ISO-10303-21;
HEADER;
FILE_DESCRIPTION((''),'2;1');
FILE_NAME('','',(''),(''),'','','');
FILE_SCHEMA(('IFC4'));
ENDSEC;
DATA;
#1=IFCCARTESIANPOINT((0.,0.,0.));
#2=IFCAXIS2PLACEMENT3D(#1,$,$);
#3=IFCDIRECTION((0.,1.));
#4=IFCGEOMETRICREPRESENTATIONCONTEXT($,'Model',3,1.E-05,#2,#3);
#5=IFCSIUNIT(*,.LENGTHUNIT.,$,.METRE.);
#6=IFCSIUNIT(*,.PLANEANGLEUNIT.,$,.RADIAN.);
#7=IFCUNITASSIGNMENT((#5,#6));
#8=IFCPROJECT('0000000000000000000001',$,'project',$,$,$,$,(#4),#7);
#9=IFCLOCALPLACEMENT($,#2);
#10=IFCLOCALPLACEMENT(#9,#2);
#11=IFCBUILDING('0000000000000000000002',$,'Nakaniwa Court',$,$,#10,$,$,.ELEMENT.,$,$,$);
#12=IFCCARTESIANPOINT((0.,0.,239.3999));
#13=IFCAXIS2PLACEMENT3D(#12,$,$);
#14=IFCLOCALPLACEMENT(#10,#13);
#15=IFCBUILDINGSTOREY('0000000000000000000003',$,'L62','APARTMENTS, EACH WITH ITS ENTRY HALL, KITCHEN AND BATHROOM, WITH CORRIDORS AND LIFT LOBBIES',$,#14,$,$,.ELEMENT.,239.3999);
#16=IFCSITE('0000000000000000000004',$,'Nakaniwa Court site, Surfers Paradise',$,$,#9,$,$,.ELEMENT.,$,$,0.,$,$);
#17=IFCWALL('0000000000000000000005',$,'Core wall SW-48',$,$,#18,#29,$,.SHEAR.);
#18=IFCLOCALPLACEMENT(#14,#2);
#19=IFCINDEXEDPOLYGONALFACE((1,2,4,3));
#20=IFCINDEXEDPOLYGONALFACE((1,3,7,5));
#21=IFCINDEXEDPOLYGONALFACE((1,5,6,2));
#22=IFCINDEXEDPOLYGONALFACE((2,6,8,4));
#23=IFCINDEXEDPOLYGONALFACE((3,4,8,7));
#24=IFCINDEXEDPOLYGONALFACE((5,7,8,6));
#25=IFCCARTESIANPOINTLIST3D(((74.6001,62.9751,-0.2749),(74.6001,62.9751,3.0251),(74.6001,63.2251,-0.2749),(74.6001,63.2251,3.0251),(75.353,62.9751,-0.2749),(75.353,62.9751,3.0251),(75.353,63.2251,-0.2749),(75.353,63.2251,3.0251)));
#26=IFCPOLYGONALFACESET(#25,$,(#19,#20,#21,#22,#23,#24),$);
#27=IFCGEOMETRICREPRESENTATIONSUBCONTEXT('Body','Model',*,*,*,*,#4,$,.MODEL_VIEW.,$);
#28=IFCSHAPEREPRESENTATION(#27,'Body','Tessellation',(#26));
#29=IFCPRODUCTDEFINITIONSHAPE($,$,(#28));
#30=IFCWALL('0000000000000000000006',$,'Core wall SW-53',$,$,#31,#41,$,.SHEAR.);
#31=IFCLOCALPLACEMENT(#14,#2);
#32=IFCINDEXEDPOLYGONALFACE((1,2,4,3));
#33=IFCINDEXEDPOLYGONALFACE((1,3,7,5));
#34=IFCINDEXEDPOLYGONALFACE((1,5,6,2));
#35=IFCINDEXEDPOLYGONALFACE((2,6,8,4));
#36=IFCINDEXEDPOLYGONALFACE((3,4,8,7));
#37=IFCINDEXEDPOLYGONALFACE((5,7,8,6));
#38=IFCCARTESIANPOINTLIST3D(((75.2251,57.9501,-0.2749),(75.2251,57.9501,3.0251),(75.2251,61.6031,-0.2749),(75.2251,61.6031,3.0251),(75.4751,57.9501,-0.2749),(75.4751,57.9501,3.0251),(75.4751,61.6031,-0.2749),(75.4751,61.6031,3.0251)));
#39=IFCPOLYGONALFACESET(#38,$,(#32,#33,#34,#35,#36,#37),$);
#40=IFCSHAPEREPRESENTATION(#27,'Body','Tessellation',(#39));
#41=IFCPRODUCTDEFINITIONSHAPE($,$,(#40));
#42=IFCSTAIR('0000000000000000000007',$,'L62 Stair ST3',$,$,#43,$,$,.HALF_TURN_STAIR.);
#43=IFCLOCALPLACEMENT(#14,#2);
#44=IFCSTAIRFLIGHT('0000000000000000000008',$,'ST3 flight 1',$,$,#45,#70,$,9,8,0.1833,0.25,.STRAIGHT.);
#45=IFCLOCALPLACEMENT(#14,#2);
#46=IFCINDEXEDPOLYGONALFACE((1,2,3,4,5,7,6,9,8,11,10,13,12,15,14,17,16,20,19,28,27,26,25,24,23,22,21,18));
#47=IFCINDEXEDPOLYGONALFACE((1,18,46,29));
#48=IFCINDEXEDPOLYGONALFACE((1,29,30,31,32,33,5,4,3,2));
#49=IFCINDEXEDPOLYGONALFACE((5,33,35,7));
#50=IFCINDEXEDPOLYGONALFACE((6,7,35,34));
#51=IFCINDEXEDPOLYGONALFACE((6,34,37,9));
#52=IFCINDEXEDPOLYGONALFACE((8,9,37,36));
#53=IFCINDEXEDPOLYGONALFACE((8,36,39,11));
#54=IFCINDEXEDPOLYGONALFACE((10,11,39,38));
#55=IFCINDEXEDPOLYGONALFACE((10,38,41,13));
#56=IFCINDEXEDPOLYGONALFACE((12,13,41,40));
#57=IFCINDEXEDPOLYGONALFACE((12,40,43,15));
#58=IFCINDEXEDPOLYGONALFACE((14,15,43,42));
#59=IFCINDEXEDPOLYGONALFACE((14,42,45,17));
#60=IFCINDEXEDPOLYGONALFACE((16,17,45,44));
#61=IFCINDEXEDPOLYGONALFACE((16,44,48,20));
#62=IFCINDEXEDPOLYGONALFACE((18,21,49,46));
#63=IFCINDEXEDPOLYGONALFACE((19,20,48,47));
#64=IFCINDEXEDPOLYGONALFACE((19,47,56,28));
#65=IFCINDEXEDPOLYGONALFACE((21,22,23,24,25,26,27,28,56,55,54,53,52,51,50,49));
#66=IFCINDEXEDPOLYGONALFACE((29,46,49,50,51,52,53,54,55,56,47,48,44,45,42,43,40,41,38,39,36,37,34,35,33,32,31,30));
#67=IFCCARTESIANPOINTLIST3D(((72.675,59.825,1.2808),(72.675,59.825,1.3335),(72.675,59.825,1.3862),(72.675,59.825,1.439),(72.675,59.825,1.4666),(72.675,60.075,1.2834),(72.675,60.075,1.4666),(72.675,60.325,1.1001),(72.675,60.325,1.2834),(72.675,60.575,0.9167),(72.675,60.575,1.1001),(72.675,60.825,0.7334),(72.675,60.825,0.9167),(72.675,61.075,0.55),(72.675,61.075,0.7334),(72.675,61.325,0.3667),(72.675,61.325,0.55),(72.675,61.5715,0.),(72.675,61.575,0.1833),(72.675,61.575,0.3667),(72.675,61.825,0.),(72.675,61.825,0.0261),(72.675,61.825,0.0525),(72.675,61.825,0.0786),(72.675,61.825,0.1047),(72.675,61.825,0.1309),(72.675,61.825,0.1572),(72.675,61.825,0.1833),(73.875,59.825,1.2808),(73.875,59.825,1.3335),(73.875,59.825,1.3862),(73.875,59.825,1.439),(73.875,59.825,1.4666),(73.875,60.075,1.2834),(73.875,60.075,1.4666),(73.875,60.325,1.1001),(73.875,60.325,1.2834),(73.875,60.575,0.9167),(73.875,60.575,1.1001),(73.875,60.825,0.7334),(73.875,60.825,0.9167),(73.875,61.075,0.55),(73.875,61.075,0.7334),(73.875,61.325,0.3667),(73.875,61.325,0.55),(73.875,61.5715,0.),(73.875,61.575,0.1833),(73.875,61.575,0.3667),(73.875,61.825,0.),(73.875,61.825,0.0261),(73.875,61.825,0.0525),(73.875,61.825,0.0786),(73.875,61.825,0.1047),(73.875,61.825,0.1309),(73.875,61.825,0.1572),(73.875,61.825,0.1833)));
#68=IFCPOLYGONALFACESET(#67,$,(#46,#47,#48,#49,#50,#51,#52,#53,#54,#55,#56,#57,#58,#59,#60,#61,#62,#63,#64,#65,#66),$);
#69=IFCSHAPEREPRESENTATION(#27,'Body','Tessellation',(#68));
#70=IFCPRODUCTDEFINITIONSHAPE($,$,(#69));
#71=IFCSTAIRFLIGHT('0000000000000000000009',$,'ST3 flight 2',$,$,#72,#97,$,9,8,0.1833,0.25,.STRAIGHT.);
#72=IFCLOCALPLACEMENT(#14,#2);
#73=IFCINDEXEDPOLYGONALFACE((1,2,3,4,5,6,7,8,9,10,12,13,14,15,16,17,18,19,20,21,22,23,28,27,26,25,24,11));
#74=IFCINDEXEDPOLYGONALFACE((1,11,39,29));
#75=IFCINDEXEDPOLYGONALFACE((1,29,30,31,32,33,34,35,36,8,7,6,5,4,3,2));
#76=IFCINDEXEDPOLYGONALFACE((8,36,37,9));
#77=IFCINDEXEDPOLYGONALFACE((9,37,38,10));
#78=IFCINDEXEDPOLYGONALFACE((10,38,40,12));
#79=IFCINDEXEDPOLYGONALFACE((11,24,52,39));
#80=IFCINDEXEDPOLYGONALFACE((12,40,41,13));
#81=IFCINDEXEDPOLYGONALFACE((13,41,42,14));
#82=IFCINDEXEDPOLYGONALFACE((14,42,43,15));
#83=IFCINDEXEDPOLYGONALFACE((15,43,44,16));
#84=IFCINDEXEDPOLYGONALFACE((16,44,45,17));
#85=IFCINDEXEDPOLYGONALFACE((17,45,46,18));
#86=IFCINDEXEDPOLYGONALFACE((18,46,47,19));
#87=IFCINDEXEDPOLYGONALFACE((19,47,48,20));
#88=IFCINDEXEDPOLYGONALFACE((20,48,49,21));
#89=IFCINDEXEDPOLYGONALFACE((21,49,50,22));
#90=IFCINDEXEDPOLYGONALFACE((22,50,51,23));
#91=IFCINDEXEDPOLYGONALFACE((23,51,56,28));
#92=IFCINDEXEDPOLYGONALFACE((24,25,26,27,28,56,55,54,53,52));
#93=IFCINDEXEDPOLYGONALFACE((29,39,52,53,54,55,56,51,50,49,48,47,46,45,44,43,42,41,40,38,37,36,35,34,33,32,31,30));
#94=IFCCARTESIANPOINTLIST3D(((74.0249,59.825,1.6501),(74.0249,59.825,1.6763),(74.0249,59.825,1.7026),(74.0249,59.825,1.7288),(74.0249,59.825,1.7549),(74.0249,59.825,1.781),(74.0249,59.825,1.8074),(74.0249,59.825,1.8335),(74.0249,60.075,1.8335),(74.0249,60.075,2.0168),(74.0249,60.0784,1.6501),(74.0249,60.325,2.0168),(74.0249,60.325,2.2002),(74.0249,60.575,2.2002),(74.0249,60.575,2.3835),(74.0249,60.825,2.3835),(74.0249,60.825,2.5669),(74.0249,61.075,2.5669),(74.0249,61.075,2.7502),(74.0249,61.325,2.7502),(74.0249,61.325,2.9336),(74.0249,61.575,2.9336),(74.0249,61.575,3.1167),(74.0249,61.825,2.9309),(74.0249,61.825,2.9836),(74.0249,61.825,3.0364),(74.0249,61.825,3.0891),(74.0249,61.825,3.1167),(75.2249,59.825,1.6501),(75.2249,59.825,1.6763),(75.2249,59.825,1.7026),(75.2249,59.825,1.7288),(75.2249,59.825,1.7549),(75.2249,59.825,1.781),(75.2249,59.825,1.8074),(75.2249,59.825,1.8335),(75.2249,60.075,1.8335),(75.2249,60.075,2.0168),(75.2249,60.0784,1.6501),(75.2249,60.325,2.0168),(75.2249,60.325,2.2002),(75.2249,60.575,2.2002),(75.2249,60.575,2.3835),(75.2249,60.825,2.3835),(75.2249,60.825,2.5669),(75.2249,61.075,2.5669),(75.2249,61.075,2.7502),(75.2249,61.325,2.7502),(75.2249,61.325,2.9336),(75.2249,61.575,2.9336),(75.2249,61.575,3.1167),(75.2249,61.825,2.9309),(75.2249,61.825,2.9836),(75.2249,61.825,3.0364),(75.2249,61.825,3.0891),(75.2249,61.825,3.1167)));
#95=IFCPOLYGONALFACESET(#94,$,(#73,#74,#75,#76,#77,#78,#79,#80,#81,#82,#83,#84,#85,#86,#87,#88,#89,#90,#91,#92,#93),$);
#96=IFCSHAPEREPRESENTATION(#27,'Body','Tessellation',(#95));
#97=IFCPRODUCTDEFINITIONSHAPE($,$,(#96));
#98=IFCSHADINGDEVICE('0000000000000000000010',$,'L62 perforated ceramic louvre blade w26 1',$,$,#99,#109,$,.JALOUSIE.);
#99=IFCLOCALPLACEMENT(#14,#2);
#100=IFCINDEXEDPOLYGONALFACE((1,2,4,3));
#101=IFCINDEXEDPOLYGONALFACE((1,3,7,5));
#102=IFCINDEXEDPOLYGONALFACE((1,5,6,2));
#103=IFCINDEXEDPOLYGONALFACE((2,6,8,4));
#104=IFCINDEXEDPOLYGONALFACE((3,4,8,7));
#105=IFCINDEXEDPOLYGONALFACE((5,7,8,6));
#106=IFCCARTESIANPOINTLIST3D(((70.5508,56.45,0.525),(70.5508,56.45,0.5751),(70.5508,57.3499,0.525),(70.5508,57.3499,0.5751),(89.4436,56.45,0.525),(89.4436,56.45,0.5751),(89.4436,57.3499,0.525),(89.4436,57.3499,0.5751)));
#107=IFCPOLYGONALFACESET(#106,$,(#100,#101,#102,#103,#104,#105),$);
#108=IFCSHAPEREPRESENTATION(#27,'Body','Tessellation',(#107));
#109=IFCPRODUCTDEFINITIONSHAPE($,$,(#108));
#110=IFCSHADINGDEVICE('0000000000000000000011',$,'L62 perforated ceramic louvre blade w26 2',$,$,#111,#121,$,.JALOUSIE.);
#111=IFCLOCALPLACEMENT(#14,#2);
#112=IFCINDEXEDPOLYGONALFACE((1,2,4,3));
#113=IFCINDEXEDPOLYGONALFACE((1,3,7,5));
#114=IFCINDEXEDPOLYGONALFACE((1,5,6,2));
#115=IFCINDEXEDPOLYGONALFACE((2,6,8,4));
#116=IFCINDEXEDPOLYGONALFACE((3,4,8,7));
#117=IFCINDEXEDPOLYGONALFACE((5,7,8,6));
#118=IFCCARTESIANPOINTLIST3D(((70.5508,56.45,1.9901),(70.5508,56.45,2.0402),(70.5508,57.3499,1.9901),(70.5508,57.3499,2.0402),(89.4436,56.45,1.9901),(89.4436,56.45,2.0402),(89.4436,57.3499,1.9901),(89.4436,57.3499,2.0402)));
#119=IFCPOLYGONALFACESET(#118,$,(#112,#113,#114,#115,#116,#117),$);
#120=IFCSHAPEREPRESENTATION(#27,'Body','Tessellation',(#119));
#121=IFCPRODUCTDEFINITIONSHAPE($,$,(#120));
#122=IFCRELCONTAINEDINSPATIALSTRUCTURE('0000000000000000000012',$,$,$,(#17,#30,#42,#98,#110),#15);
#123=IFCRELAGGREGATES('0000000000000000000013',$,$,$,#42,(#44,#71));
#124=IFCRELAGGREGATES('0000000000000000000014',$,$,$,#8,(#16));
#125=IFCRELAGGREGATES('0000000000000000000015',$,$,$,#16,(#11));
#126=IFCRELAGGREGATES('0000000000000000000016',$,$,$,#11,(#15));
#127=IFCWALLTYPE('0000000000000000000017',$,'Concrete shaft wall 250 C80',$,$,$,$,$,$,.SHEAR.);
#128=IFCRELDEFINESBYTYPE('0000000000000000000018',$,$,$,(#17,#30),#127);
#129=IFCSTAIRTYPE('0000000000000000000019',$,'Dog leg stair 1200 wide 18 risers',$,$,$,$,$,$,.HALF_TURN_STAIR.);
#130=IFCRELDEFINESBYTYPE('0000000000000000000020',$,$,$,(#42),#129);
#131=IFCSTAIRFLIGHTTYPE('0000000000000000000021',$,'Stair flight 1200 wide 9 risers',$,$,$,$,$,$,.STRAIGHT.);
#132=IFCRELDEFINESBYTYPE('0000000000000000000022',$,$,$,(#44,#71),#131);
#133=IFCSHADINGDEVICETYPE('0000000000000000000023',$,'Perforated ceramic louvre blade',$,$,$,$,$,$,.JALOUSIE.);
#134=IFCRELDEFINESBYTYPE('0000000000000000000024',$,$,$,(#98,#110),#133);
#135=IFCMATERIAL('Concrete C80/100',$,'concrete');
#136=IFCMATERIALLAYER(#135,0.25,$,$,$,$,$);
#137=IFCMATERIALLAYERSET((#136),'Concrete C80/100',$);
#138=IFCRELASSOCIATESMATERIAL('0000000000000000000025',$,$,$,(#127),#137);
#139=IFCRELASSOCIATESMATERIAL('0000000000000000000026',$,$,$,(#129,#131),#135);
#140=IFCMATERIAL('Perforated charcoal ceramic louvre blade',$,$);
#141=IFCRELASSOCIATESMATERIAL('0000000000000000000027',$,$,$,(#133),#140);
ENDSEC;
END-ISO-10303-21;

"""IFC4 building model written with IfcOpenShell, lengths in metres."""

from ifc_helpers import new_model, si_unit, direction, frame, frame_2d, origin, origin_2d, place, context, subcontext, project, spatial, polyline, rectangle, outline, extrude, material, layer, layer_set, material_profile, profile_set, type_object, element, aggregate, save


model = new_model("IFC4")

# Units and contexts
model_context = context("Model", 3, precision=1e-05, world=origin(), true_north=direction((0.0, 1.0)))
body_context = subcontext(model_context, "Body", "Model", "MODEL_VIEW")
ifc_project = project(units=[si_unit("LENGTHUNIT", "METRE"), si_unit("PLANEANGLEUNIT", "RADIAN")], contexts=[model_context])

# Site, building, storey
site_placement = place(None, origin())
site = spatial("IfcSite", under=ifc_project, at=site_placement, Name="Nakaniwa Court site, Surfers Paradise", CompositionType="ELEMENT", RefElevation=0.0)
building_placement = place(site_placement, origin())
building = spatial("IfcBuilding", under=site, at=building_placement, Name="Nakaniwa Court", CompositionType="ELEMENT")
storey_placement = place(building_placement, frame((0.0, 0.0, 239.3999)))
storey = spatial("IfcBuildingStorey", under=building, at=storey_placement, Name="L62", Description="APARTMENTS, EACH WITH ITS ENTRY HALL, KITCHEN AND BATHROOM, WITH CORRIDORS AND LIFT LOBBIES", CompositionType="ELEMENT", Elevation=239.3999)

# Shared definitions
ifc_material_1 = material(Name="Concrete C80/100", Category="concrete")

# Walls
ifc_layer_1 = layer(ifc_material_1, 0.25)
ifc_layer_set_1 = layer_set([ifc_layer_1], Name="Concrete C80/100")
wall_type_1 = type_object("IfcWallType", Name="Concrete shaft wall 250 C80", PredefinedType="SHEAR", material=ifc_layer_set_1)
wall_1_placement = place(storey_placement, frame((74.6001, 63.1001, -0.2749), z_axis=(0.0, 0.0, 1.0), x_axis=(1.0, 0.0, 0.0)))
element("IfcWall", 1, at=wall_1_placement, inside=storey, type_object=wall_type_1, Name="Core wall SW-48", PredefinedType="SHEAR", context=body_context, shape_type="SweptSolid", body=[
    extrude(rectangle(XDim=0.7529, YDim=0.25, at=frame_2d((0.3765, 0.0))), origin(), (0.0, 0.0, 1.0), 3.3),
])
wall_2_placement = place(storey_placement, frame((75.3501, 57.95, -0.2749), z_axis=(0.0, 0.0, 1.0), x_axis=(0.0, 1.0, 0.0)))
element("IfcWall", 2, at=wall_2_placement, inside=storey, type_object=wall_type_1, Name="Core wall SW-53", PredefinedType="SHEAR", context=body_context, shape_type="SweptSolid", body=[
    extrude(rectangle(XDim=3.6531, YDim=0.25, at=frame_2d((1.8267, 0.0))), origin(), (0.0, 0.0, 1.0), 3.3),
])

# Stair, stair flights
stair_type = type_object("IfcStairType", Name="Dog leg stair 1200 wide 18 risers", PredefinedType="HALF_TURN_STAIR", material=ifc_material_1)
stair_placement = place(storey_placement, origin())
stair = element("IfcStair", 3, at=stair_placement, inside=storey, type_object=stair_type, Name="L62 Stair ST3", PredefinedType="HALF_TURN_STAIR")
stair_flight_type = type_object("IfcStairFlightType", Name="Stair flight 1200 wide 9 risers", PredefinedType="STRAIGHT", material=ifc_material_1)
stair_flight_1_placement = place(storey_placement, frame((73.2749, 61.825, 0.0), z_axis=(0.0, 0.0, 1.0), x_axis=(0.0, -1.0, 0.0)))
stair_flight_1 = element("IfcStairFlight", 4, at=stair_flight_1_placement, type_object=stair_flight_type, Name="ST3 flight 1", NumberOfRisers=9, NumberOfTreads=8, PredefinedType="STRAIGHT", RiserHeight=0.1833, TreadLength=0.25, context=body_context, shape_type="SweptSolid", body=[
    extrude(outline(polyline([(0.0, 0.0), (0.0, 0.0261), (0.0, 0.0525), (0.0, 0.0786), (0.0, 0.1047), (0.0, 0.1309), (0.0, 0.1572), (0.0, 0.1833), (0.25, 0.1833), (0.25, 0.3667), (0.5, 0.3667), (0.5, 0.55), (0.75, 0.55), (0.75, 0.7334), (1.0, 0.7334), (1.0, 0.9167), (1.25, 0.9167), (1.25, 1.1001), (1.5, 1.1001), (1.5, 1.2834), (1.75, 1.2834), (1.75, 1.4666), (2.0, 1.4666), (2.0, 1.6499), (2.0, 1.5972), (2.0, 1.5444), (2.0, 1.4917), (2.0, 1.439), (2.0, 1.3862), (2.0, 1.3335), (2.0, 1.2808), (0.2534, 0.0), (0.0, 0.0)])), frame((0.0, 0.6001, 0.0), z_axis=(0.0, -1.0, 0.0), x_axis=(1.0, 0.0, 0.0)), (0.0, 0.0, 1.0), 1.2),
])
stair_flight_2_placement = place(storey_placement, frame((74.625, 59.825, 1.6501), z_axis=(0.0, 0.0, 1.0), x_axis=(0.0, 1.0, 0.0)))
stair_flight_2 = element("IfcStairFlight", 5, at=stair_flight_2_placement, type_object=stair_flight_type, Name="ST3 flight 2", NumberOfRisers=9, NumberOfTreads=8, PredefinedType="STRAIGHT", RiserHeight=0.1833, TreadLength=0.25, context=body_context, shape_type="SweptSolid", body=[
    extrude(outline(polyline([(0.0, 0.0), (0.0, 0.0261), (0.0, 0.0525), (0.0, 0.0786), (0.0, 0.1047), (0.0, 0.1309), (0.0, 0.1572), (0.0, 0.1833), (0.25, 0.1833), (0.25, 0.3667), (0.5, 0.3667), (0.5, 0.55), (0.75, 0.55), (0.75, 0.7334), (1.0, 0.7334), (1.0, 0.9167), (1.25, 0.9167), (1.25, 1.1001), (1.5, 1.1001), (1.5, 1.2834), (1.75, 1.2834), (1.75, 1.4666), (2.0, 1.4666), (2.0, 1.6499), (2.0, 1.5972), (2.0, 1.5444), (2.0, 1.4917), (2.0, 1.439), (2.0, 1.3862), (2.0, 1.3335), (2.0, 1.2808), (0.2534, 0.0), (0.0, 0.0)])), frame((0.0, 0.6001, 0.0), z_axis=(0.0, -1.0, 0.0), x_axis=(1.0, 0.0, 0.0)), (0.0, 0.0, 1.0), 1.2),
])
aggregate(stair, [stair_flight_1, stair_flight_2])

# Shading devices
ifc_material_2 = material(Name="Perforated charcoal ceramic louvre blade")
ifc_material_profile = material_profile(ifc_material_2, rectangle(XDim=0.8999, YDim=0.05, at=origin_2d()), Name="Perforated ceramic louvre blade")
ifc_profile_set = profile_set([ifc_material_profile], Name="Perforated charcoal ceramic louvre blade")
shading_device_type = type_object("IfcShadingDeviceType", Name="Perforated ceramic louvre blade", PredefinedType="JALOUSIE", material=ifc_profile_set)
for number, where, z_axis, x_axis, name in (
    (6, (70.5508, 56.8999, 0.55), (1.0, 0.0, 0.0), (0.0, 1.0, 0.0), "L62 perforated ceramic louvre blade w26 1"),
    (7, (70.5508, 56.8999, 2.0151), (1.0, 0.0, 0.0), (0.0, 1.0, 0.0), "L62 perforated ceramic louvre blade w26 2"),
):
    element("IfcShadingDevice", number, at=place(storey_placement, frame(where, z_axis=z_axis, x_axis=x_axis)), inside=storey, type_object=shading_device_type, Name=name, PredefinedType="JALOUSIE", context=body_context, shape_type="SweptSolid", body=[
        extrude(rectangle(XDim=0.8999, YDim=0.05, at=origin_2d()), origin(), (0.0, 0.0, 1.0), 18.8928),
    ])

save(model, "model.ifc")
